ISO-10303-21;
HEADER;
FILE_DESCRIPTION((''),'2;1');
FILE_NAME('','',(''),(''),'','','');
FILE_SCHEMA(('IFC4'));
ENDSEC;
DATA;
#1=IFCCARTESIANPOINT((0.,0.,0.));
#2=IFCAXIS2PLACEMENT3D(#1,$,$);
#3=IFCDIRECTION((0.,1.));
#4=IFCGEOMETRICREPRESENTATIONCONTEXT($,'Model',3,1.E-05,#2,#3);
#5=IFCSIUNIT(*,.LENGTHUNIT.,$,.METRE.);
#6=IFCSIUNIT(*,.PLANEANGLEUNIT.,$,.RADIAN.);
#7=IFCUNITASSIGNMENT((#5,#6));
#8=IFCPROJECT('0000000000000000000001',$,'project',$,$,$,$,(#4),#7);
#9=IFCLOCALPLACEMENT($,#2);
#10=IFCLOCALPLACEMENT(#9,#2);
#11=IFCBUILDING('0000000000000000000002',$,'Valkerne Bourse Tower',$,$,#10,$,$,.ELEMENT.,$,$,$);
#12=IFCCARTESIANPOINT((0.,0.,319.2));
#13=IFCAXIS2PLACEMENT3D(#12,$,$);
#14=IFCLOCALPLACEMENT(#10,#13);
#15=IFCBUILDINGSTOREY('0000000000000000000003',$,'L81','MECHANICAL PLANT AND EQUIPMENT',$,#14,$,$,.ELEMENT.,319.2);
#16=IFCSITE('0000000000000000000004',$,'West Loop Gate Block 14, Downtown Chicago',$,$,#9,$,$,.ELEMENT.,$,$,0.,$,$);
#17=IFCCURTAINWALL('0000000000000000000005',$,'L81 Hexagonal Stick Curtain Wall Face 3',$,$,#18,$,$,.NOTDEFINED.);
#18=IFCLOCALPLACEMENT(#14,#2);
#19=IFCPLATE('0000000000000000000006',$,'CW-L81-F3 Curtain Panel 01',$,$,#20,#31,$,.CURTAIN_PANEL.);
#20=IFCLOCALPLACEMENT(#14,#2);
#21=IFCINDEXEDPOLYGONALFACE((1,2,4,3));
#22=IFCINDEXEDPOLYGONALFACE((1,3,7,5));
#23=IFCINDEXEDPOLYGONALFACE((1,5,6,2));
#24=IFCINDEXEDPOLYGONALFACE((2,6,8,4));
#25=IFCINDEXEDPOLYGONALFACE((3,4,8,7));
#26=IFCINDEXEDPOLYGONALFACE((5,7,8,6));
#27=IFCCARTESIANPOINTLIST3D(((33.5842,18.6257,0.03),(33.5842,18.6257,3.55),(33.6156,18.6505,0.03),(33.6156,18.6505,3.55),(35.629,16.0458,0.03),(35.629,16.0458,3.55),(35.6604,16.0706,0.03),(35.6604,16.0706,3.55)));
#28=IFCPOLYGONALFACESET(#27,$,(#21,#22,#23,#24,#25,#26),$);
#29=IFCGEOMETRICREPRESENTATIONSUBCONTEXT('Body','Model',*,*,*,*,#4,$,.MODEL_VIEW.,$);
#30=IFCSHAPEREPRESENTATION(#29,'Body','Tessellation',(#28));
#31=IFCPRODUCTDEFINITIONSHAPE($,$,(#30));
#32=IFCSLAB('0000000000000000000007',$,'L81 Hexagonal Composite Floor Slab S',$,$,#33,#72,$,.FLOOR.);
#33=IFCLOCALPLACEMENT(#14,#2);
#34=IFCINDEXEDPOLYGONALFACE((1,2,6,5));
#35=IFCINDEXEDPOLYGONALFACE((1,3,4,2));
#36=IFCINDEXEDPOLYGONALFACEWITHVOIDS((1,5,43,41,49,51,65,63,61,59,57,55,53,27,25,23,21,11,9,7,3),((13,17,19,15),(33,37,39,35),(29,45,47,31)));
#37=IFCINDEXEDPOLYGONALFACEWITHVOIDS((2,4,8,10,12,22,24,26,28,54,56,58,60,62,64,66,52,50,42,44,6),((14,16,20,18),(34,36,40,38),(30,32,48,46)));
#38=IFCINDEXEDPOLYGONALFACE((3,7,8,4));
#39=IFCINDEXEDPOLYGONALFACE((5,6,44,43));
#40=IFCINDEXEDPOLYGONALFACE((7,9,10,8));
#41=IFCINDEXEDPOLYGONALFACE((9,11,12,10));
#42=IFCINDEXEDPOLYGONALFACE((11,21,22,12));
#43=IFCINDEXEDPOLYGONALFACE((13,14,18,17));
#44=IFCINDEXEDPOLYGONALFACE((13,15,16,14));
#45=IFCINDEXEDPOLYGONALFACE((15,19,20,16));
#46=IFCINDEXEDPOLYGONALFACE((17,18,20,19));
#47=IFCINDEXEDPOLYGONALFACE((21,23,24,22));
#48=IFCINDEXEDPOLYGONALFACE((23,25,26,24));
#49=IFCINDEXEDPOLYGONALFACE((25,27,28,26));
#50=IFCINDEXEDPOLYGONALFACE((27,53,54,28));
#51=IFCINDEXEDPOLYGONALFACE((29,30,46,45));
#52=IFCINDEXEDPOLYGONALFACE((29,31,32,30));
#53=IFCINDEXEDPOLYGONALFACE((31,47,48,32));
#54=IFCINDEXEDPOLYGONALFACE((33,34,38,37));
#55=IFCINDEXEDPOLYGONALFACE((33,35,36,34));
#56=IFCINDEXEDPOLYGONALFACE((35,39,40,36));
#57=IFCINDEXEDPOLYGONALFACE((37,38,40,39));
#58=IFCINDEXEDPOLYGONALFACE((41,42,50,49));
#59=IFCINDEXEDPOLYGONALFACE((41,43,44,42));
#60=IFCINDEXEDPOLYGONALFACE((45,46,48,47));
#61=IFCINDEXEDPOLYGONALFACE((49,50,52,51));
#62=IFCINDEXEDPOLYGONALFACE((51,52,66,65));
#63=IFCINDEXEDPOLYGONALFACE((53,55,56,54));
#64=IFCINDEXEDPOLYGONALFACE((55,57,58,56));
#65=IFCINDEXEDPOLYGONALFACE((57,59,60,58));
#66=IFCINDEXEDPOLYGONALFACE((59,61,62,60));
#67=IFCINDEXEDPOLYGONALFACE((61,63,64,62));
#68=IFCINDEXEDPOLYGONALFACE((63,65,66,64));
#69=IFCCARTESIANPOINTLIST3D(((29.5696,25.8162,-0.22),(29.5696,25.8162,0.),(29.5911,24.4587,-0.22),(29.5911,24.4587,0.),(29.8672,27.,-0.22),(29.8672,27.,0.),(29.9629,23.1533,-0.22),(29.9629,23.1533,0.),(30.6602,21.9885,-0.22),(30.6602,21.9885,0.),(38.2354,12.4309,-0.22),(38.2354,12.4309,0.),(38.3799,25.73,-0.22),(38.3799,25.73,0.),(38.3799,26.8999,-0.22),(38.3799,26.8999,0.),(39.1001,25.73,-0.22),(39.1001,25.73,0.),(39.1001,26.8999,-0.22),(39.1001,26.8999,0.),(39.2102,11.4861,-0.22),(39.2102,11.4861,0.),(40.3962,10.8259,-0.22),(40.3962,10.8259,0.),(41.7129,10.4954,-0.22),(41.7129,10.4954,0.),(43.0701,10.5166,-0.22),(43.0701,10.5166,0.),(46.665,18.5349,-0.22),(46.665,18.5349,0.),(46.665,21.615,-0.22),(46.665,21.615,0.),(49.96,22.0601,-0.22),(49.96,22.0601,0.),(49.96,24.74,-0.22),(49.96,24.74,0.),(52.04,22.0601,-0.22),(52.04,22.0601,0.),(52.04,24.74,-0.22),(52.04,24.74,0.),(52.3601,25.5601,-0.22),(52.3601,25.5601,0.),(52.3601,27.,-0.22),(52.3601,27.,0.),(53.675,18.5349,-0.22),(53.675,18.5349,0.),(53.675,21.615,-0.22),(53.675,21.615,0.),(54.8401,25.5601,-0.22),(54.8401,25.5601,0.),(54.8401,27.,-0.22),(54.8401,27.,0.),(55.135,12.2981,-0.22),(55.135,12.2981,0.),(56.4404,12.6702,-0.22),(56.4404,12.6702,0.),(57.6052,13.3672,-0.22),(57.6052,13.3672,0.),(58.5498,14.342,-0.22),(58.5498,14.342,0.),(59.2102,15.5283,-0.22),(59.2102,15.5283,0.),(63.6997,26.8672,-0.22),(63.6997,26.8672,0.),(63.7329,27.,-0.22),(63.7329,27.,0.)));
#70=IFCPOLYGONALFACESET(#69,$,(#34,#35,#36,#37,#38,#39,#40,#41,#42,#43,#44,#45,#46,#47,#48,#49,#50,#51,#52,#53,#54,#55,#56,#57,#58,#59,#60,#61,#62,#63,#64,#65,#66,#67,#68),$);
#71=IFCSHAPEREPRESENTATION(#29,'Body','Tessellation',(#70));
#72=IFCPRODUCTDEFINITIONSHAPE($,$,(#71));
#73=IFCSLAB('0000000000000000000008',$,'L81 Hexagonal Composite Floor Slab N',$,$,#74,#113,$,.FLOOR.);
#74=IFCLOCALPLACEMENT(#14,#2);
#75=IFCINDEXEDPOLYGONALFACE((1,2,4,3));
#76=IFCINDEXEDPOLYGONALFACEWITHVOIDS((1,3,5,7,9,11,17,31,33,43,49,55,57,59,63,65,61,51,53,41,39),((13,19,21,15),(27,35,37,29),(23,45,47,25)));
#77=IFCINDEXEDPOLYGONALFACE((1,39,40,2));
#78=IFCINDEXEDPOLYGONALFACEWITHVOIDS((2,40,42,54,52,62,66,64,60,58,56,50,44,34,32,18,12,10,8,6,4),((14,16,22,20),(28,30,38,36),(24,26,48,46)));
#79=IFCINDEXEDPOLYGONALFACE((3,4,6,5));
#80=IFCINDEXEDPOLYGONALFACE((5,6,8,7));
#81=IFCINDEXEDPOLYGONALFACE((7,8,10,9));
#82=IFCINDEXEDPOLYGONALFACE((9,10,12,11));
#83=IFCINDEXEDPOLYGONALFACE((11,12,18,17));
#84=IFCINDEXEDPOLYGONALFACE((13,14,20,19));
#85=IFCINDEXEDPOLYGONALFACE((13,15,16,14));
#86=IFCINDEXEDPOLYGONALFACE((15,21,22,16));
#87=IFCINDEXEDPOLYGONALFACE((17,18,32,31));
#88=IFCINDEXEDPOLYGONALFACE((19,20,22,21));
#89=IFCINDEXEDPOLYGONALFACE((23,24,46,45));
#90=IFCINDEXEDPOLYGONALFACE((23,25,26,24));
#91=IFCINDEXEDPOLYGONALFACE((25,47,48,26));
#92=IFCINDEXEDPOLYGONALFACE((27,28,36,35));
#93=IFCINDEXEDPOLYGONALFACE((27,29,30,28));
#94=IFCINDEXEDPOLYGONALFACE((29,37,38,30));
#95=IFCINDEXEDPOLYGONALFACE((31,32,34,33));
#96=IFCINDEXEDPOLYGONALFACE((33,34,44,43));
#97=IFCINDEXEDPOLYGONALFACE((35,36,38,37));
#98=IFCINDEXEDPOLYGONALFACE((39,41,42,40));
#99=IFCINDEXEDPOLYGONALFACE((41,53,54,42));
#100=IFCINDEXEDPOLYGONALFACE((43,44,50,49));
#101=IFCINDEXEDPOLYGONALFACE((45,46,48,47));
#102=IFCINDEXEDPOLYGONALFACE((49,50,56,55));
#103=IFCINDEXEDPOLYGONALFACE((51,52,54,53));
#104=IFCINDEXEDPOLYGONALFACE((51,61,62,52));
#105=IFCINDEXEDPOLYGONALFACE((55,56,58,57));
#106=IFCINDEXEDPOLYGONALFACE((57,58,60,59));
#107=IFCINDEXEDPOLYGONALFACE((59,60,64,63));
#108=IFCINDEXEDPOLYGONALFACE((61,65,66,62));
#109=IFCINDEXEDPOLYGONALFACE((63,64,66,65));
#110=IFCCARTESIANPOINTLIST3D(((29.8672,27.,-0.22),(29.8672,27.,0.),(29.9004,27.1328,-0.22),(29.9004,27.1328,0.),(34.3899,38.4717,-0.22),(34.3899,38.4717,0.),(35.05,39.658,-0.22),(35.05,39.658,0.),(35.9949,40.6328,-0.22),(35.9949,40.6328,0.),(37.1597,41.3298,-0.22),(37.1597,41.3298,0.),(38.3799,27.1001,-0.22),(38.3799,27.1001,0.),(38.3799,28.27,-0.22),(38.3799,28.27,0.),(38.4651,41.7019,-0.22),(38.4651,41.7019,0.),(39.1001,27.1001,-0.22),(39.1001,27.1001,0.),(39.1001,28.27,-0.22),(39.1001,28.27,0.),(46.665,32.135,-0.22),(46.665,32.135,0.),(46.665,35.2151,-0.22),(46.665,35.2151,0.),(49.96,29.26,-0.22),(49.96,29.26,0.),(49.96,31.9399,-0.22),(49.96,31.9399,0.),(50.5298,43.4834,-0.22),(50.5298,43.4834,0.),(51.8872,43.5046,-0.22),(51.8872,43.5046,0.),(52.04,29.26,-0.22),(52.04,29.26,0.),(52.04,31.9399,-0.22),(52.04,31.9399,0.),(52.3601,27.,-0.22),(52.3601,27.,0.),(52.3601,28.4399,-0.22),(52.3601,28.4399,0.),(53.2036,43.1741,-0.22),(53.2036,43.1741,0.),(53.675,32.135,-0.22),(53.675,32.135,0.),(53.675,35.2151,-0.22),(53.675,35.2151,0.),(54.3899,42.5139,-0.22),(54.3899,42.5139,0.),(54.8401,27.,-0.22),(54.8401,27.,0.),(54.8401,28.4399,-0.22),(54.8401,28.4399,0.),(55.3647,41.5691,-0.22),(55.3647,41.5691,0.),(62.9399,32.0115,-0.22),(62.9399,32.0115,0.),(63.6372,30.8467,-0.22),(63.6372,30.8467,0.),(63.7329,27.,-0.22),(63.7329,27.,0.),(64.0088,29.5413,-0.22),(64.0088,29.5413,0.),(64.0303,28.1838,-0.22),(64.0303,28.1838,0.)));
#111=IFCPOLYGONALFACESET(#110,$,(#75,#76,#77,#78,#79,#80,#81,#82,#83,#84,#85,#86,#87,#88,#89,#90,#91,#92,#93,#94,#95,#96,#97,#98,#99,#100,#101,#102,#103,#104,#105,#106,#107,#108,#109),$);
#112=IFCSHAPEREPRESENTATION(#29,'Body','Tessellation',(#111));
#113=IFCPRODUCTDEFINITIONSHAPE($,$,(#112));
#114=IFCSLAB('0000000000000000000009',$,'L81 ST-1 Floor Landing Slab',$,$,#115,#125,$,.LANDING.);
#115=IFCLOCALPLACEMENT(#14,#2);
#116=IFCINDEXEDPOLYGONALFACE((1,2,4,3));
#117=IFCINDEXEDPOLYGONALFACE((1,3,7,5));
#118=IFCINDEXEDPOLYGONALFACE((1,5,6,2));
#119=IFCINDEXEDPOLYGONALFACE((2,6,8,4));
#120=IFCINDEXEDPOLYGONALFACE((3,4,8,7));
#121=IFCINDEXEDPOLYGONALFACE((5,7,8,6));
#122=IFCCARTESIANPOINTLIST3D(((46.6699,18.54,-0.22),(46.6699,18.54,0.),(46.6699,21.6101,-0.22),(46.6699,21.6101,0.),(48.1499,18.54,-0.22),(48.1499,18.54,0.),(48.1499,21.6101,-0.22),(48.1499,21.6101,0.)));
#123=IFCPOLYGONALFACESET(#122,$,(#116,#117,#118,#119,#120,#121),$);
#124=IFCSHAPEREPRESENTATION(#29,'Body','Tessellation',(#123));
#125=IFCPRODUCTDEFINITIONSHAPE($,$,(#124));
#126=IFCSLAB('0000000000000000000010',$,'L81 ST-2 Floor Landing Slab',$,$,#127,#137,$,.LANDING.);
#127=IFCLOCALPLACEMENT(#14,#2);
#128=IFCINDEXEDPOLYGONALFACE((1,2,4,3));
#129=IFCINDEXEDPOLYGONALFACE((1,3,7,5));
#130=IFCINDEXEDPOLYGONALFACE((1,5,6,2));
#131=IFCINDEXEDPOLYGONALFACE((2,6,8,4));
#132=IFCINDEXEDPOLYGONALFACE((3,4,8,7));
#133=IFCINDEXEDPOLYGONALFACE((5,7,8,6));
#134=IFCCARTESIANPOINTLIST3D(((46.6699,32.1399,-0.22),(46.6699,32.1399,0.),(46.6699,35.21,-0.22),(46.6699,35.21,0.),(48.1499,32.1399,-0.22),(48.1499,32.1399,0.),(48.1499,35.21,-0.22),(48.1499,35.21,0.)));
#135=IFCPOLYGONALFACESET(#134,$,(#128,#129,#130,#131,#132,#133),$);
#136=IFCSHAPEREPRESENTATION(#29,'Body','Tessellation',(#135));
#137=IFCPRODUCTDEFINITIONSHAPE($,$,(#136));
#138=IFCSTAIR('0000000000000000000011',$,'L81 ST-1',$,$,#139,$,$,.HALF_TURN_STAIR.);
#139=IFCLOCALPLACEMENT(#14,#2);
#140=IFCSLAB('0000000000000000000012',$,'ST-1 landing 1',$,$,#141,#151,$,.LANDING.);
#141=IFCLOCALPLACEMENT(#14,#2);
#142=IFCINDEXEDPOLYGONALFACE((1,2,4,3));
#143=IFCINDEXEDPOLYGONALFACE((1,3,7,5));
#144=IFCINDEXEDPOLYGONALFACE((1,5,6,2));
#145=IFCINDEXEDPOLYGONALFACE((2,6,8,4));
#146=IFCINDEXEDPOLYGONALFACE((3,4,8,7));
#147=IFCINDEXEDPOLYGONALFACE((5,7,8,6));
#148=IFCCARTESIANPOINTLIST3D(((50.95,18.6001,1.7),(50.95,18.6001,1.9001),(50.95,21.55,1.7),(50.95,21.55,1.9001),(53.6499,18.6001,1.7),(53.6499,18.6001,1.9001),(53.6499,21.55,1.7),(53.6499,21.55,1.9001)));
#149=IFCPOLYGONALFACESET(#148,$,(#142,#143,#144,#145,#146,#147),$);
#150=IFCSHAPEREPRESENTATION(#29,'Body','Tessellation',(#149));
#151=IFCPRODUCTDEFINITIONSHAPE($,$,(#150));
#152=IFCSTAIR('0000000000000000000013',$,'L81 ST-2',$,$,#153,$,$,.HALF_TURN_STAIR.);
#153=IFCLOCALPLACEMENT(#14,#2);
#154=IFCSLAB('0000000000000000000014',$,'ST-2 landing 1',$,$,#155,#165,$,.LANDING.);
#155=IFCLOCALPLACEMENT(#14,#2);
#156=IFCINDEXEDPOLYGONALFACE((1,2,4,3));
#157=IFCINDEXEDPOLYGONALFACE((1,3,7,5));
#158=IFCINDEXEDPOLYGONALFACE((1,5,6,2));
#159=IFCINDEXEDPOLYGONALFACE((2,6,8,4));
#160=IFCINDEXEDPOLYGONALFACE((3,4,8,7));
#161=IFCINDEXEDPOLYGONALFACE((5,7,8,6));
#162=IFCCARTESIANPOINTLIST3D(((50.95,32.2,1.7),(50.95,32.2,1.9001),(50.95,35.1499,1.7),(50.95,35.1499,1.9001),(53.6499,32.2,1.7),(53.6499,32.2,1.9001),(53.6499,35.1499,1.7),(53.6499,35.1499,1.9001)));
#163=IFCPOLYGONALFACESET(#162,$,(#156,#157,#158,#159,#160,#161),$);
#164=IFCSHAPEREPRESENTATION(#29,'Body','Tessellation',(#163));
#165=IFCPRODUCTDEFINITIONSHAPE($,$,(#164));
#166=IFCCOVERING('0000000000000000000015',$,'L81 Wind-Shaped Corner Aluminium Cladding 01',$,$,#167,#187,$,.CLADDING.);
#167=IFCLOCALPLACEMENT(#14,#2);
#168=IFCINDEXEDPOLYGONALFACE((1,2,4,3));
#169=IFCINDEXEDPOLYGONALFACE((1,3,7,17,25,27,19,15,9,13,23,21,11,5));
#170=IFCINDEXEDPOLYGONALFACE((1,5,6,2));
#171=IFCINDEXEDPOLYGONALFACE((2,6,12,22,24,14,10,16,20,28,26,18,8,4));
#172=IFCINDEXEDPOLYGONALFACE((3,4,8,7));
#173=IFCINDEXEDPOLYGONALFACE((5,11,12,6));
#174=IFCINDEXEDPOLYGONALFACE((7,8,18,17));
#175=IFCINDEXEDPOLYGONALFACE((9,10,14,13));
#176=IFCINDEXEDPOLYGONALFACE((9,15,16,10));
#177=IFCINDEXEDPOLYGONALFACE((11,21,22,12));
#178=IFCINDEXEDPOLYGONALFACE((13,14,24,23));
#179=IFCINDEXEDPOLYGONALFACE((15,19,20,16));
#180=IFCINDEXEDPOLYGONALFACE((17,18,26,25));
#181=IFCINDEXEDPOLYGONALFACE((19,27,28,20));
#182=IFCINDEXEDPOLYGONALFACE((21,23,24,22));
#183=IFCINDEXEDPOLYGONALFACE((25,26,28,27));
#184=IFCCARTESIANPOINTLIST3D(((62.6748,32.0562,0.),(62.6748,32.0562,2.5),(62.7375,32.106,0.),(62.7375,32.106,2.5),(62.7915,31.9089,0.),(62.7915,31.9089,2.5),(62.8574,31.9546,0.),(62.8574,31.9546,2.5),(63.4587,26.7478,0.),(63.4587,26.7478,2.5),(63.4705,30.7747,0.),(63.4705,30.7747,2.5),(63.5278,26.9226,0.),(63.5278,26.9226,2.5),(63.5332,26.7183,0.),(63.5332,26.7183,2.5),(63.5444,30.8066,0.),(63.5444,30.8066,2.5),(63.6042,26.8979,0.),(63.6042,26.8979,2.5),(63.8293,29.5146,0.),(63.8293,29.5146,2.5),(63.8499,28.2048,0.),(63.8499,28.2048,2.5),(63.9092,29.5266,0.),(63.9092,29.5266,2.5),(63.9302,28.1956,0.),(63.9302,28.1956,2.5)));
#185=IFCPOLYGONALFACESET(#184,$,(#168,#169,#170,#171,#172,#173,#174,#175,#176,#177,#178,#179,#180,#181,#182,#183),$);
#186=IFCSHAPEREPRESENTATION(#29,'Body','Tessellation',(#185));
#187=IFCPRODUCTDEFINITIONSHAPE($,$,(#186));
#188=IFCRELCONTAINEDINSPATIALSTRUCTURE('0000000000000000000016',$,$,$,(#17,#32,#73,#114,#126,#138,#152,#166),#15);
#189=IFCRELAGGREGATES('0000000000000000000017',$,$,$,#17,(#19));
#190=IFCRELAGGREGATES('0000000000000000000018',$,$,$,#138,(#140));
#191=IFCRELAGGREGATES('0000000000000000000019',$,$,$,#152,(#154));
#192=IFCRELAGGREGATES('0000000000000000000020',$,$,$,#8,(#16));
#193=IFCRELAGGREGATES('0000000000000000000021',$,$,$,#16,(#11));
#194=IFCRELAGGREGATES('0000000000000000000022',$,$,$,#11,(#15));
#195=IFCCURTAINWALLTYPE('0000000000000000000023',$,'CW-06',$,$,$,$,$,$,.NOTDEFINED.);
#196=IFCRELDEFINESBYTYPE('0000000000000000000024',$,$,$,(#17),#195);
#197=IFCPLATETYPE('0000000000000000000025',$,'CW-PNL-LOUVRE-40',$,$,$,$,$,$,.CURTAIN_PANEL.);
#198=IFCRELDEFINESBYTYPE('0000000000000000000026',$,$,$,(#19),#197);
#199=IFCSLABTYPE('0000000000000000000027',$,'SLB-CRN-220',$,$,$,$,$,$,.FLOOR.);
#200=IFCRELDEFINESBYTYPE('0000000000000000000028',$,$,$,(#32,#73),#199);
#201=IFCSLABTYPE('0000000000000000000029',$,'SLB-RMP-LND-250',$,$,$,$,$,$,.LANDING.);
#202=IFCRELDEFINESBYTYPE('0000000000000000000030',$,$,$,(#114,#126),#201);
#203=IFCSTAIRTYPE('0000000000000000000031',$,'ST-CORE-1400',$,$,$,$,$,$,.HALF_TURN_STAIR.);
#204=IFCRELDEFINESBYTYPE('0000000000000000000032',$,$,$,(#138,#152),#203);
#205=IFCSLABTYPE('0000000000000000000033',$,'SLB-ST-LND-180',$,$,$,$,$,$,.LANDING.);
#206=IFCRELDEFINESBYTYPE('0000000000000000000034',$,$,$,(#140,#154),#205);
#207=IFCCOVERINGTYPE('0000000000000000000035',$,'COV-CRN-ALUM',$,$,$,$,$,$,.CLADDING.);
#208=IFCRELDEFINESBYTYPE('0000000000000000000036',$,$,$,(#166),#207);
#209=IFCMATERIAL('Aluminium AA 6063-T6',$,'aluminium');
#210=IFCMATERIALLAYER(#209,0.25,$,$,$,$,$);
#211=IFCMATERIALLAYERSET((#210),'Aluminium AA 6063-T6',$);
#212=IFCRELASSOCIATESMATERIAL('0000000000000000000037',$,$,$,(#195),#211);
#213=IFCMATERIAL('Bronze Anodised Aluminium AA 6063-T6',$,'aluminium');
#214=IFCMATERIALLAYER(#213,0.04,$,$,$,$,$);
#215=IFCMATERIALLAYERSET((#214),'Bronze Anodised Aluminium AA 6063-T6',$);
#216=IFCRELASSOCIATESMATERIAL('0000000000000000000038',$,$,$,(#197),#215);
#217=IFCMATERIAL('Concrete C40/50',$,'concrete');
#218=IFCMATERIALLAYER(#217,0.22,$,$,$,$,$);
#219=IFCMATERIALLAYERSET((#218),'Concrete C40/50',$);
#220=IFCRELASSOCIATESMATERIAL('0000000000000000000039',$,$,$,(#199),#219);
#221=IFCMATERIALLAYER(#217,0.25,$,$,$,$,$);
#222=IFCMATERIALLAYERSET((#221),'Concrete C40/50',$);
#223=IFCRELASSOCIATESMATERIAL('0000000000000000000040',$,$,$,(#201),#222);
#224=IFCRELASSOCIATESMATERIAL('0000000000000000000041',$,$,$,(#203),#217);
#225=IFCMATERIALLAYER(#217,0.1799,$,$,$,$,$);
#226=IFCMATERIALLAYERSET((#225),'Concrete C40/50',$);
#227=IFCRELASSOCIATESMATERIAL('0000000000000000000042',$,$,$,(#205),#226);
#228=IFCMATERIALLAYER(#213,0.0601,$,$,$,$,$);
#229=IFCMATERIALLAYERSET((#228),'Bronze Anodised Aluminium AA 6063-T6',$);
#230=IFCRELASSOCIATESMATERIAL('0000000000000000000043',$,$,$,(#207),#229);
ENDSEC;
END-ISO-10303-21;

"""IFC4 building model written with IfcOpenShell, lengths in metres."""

from ifc_helpers import new_model, si_unit, direction, frame, origin, origin_2d, place, context, subcontext, project, spatial, polyline, rectangle, outline, extrude, material, layer, layer_set, type_object, element, aggregate, save


model = new_model("IFC4")

# Units and contexts
model_context = context("Model", 3, precision=1e-05, world=origin(), true_north=direction((0.0, 1.0)))
body_context = subcontext(model_context, "Body", "Model", "MODEL_VIEW")
ifc_project = project(units=[si_unit("LENGTHUNIT", "METRE"), si_unit("PLANEANGLEUNIT", "RADIAN")], contexts=[model_context])

# Site, building, storey
site_placement = place(None, origin())
site = spatial("IfcSite", under=ifc_project, at=site_placement, Name="West Loop Gate Block 14, Downtown Chicago", CompositionType="ELEMENT", RefElevation=0.0)
building_placement = place(site_placement, origin())
building = spatial("IfcBuilding", under=site, at=building_placement, Name="Valkerne Bourse Tower", CompositionType="ELEMENT")
storey_placement = place(building_placement, frame((0.0, 0.0, 319.2)))
storey = spatial("IfcBuildingStorey", under=building, at=storey_placement, Name="L81", Description="MECHANICAL PLANT AND EQUIPMENT", CompositionType="ELEMENT", Elevation=319.2)

# Curtain wall, plate
ifc_material_1 = material(Name="Aluminium AA 6063-T6", Category="aluminium")
ifc_layer_1 = layer(ifc_material_1, 0.25)
ifc_layer_set_1 = layer_set([ifc_layer_1], Name="Aluminium AA 6063-T6")
curtain_wall_type = type_object("IfcCurtainWallType", Name="CW-06", PredefinedType="NOTDEFINED", material=ifc_layer_set_1)
curtain_wall_placement = place(storey_placement, origin())
curtain_wall = element("IfcCurtainWall", 1, at=curtain_wall_placement, inside=storey, type_object=curtain_wall_type, Name="L81 Hexagonal Stick Curtain Wall Face 3", PredefinedType="NOTDEFINED")
ifc_material_2 = material(Name="Bronze Anodised Aluminium AA 6063-T6", Category="aluminium")
ifc_layer_2 = layer(ifc_material_2, 0.04)
ifc_layer_set_2 = layer_set([ifc_layer_2], Name="Bronze Anodised Aluminium AA 6063-T6")
plate_type = type_object("IfcPlateType", Name="CW-PNL-LOUVRE-40", PredefinedType="CURTAIN_PANEL", material=ifc_layer_set_2)
plate_placement = place(storey_placement, frame((34.6223, 17.3481, 0.03), z_axis=(0.0, 0.0, 1.0), x_axis=(0.621153, -0.783689, 0.0)))
plate = element("IfcPlate", 2, at=plate_placement, type_object=plate_type, Name="CW-L81-F3 Curtain Panel 01", PredefinedType="CURTAIN_PANEL", context=body_context, shape_type="SweptSolid", body=[
    extrude(rectangle(XDim=3.292, YDim=0.04, at=origin_2d()), origin(), (0.0, 0.0, 1.0), 3.52),
])
aggregate(curtain_wall, [plate])

# Slabs
ifc_material_3 = material(Name="Concrete C40/50", Category="concrete")
ifc_layer_3 = layer(ifc_material_3, 0.22)
ifc_layer_set_3 = layer_set([ifc_layer_3], Name="Concrete C40/50")
slab_type_1 = type_object("IfcSlabType", Name="SLB-CRN-220", PredefinedType="FLOOR", material=ifc_layer_set_3)
slab_1_placement = place(storey_placement, frame((0.0, 0.0, -0.22)))
element("IfcSlab", 3, at=slab_1_placement, inside=storey, type_object=slab_type_1, Name="L81 Hexagonal Composite Floor Slab S", PredefinedType="FLOOR", context=body_context, shape_type="SweptSolid", body=[
    extrude(outline(polyline([(63.6997, 26.8672), (59.2102, 15.5283), (58.5498, 14.342), (57.6052, 13.3672), (56.4404, 12.6702), (55.135, 12.2981), (43.0701, 10.5166), (41.7129, 10.4954), (40.3962, 10.8259), (39.2102, 11.4861), (38.2354, 12.4309), (30.6602, 21.9885), (29.9629, 23.1533), (29.5911, 24.4587), (29.5696, 25.8162), (29.8672, 27.0), (52.3601, 27.0), (52.3601, 25.5601), (54.8401, 25.5601), (54.8401, 27.0), (63.7329, 27.0), (63.6997, 26.8672)]), holes=[polyline([(46.665, 18.5349), (53.675, 18.5349), (53.675, 21.615), (46.665, 21.615), (46.665, 18.5349)]), polyline([(49.96, 24.74), (49.96, 22.0601), (52.04, 22.0601), (52.04, 24.74), (49.96, 24.74)]), polyline([(38.3799, 26.8999), (38.3799, 25.73), (39.1001, 25.73), (39.1001, 26.8999), (38.3799, 26.8999)])]), origin(), (0.0, 0.0, 1.0), 0.22),
])
slab_2_placement = place(storey_placement, frame((0.0, 0.0, -0.22)))
element("IfcSlab", 4, at=slab_2_placement, inside=storey, type_object=slab_type_1, Name="L81 Hexagonal Composite Floor Slab N", PredefinedType="FLOOR", context=body_context, shape_type="SweptSolid", body=[
    extrude(outline(polyline([(63.6372, 30.8467), (64.0088, 29.5413), (64.0303, 28.1838), (63.7329, 27.0), (54.8401, 27.0), (54.8401, 28.4399), (52.3601, 28.4399), (52.3601, 27.0), (29.8672, 27.0), (29.9004, 27.1328), (34.3899, 38.4717), (35.05, 39.658), (35.9949, 40.6328), (37.1597, 41.3298), (38.4651, 41.7019), (50.5298, 43.4834), (51.8872, 43.5046), (53.2036, 43.1741), (54.3899, 42.5139), (55.3647, 41.5691), (62.9399, 32.0115), (63.6372, 30.8467)]), holes=[polyline([(38.3799, 28.27), (38.3799, 27.1001), (39.1001, 27.1001), (39.1001, 28.27), (38.3799, 28.27)]), polyline([(49.96, 31.9399), (49.96, 29.26), (52.04, 29.26), (52.04, 31.9399), (49.96, 31.9399)]), polyline([(46.665, 35.2151), (46.665, 32.135), (53.675, 32.135), (53.675, 35.2151), (46.665, 35.2151)])]), origin(), (0.0, 0.0, 1.0), 0.22),
])
ifc_layer_4 = layer(ifc_material_3, 0.25)
ifc_layer_set_4 = layer_set([ifc_layer_4], Name="Concrete C40/50")
slab_type_2 = type_object("IfcSlabType", Name="SLB-RMP-LND-250", PredefinedType="LANDING", material=ifc_layer_set_4)
slab_3_placement = place(storey_placement, frame((0.0, 0.0, -0.22)))
element("IfcSlab", 5, at=slab_3_placement, inside=storey, type_object=slab_type_2, Name="L81 ST-1 Floor Landing Slab", PredefinedType="LANDING", context=body_context, shape_type="SweptSolid", body=[
    extrude(outline(polyline([(46.6699, 18.54), (48.1499, 18.54), (48.1499, 21.6101), (46.6699, 21.6101), (46.6699, 18.54)])), origin(), (0.0, 0.0, 1.0), 0.22),
])
slab_4_placement = place(storey_placement, frame((0.0, 0.0, -0.22)))
element("IfcSlab", 6, at=slab_4_placement, inside=storey, type_object=slab_type_2, Name="L81 ST-2 Floor Landing Slab", PredefinedType="LANDING", context=body_context, shape_type="SweptSolid", body=[
    extrude(outline(polyline([(46.6699, 32.1399), (48.1499, 32.1399), (48.1499, 35.21), (46.6699, 35.21), (46.6699, 32.1399)])), origin(), (0.0, 0.0, 1.0), 0.22),
])

# Stairs, slabs
stair_type = type_object("IfcStairType", Name="ST-CORE-1400", PredefinedType="HALF_TURN_STAIR", material=ifc_material_3)
stair_1_placement = place(storey_placement, origin())
stair_1 = element("IfcStair", 7, at=stair_1_placement, inside=storey, type_object=stair_type, Name="L81 ST-1", PredefinedType="HALF_TURN_STAIR")
ifc_layer_5 = layer(ifc_material_3, 0.1799)
ifc_layer_set_5 = layer_set([ifc_layer_5], Name="Concrete C40/50")
slab_type_3 = type_object("IfcSlabType", Name="SLB-ST-LND-180", PredefinedType="LANDING", material=ifc_layer_set_5)
slab_5_placement = place(storey_placement, frame((0.0, 0.0, 1.7)))
slab_5 = element("IfcSlab", 8, at=slab_5_placement, type_object=slab_type_3, Name="ST-1 landing 1", PredefinedType="LANDING", context=body_context, shape_type="SweptSolid", body=[
    extrude(outline(polyline([(50.95, 18.6001), (53.6499, 18.6001), (53.6499, 21.55), (50.95, 21.55), (50.95, 18.6001)])), origin(), (0.0, 0.0, 1.0), 0.2002),
])
aggregate(stair_1, [slab_5])
stair_2_placement = place(storey_placement, origin())
stair_2 = element("IfcStair", 9, at=stair_2_placement, inside=storey, type_object=stair_type, Name="L81 ST-2", PredefinedType="HALF_TURN_STAIR")
slab_6_placement = place(storey_placement, frame((0.0, 0.0, 1.7)))
slab_6 = element("IfcSlab", 10, at=slab_6_placement, type_object=slab_type_3, Name="ST-2 landing 1", PredefinedType="LANDING", context=body_context, shape_type="SweptSolid", body=[
    extrude(outline(polyline([(50.95, 32.2), (53.6499, 32.2), (53.6499, 35.1499), (50.95, 35.1499), (50.95, 32.2)])), origin(), (0.0, 0.0, 1.0), 0.2002),
])
aggregate(stair_2, [slab_6])

# Covering
ifc_layer_6 = layer(ifc_material_2, 0.0601)
ifc_layer_set_6 = layer_set([ifc_layer_6], Name="Bronze Anodised Aluminium AA 6063-T6")
covering_type_1 = type_object("IfcCoveringType", Name="COV-CRN-ALUM", PredefinedType="CLADDING", material=ifc_layer_set_6)
covering_1_placement = place(storey_placement, origin())
element("IfcCovering", 11, at=covering_1_placement, inside=storey, type_object=covering_type_1, Name="L81 Wind-Shaped Corner Aluminium Cladding 01", PredefinedType="CLADDING", context=body_context, shape_type="SweptSolid", body=[
    extrude(outline(polyline([(63.5444, 30.8066), (63.9092, 29.5266), (63.9302, 28.1956), (63.6042, 26.8979), (63.5332, 26.7183), (63.4587, 26.7478), (63.5278, 26.9226), (63.8499, 28.2048), (63.8293, 29.5146), (63.4705, 30.7747), (62.7915, 31.9089), (62.6748, 32.0562), (62.7375, 32.106), (62.8574, 31.9546), (63.5444, 30.8066)])), origin(), (0.0, 0.0, 1.0), 2.5),
])

save(model, "model.ifc")
